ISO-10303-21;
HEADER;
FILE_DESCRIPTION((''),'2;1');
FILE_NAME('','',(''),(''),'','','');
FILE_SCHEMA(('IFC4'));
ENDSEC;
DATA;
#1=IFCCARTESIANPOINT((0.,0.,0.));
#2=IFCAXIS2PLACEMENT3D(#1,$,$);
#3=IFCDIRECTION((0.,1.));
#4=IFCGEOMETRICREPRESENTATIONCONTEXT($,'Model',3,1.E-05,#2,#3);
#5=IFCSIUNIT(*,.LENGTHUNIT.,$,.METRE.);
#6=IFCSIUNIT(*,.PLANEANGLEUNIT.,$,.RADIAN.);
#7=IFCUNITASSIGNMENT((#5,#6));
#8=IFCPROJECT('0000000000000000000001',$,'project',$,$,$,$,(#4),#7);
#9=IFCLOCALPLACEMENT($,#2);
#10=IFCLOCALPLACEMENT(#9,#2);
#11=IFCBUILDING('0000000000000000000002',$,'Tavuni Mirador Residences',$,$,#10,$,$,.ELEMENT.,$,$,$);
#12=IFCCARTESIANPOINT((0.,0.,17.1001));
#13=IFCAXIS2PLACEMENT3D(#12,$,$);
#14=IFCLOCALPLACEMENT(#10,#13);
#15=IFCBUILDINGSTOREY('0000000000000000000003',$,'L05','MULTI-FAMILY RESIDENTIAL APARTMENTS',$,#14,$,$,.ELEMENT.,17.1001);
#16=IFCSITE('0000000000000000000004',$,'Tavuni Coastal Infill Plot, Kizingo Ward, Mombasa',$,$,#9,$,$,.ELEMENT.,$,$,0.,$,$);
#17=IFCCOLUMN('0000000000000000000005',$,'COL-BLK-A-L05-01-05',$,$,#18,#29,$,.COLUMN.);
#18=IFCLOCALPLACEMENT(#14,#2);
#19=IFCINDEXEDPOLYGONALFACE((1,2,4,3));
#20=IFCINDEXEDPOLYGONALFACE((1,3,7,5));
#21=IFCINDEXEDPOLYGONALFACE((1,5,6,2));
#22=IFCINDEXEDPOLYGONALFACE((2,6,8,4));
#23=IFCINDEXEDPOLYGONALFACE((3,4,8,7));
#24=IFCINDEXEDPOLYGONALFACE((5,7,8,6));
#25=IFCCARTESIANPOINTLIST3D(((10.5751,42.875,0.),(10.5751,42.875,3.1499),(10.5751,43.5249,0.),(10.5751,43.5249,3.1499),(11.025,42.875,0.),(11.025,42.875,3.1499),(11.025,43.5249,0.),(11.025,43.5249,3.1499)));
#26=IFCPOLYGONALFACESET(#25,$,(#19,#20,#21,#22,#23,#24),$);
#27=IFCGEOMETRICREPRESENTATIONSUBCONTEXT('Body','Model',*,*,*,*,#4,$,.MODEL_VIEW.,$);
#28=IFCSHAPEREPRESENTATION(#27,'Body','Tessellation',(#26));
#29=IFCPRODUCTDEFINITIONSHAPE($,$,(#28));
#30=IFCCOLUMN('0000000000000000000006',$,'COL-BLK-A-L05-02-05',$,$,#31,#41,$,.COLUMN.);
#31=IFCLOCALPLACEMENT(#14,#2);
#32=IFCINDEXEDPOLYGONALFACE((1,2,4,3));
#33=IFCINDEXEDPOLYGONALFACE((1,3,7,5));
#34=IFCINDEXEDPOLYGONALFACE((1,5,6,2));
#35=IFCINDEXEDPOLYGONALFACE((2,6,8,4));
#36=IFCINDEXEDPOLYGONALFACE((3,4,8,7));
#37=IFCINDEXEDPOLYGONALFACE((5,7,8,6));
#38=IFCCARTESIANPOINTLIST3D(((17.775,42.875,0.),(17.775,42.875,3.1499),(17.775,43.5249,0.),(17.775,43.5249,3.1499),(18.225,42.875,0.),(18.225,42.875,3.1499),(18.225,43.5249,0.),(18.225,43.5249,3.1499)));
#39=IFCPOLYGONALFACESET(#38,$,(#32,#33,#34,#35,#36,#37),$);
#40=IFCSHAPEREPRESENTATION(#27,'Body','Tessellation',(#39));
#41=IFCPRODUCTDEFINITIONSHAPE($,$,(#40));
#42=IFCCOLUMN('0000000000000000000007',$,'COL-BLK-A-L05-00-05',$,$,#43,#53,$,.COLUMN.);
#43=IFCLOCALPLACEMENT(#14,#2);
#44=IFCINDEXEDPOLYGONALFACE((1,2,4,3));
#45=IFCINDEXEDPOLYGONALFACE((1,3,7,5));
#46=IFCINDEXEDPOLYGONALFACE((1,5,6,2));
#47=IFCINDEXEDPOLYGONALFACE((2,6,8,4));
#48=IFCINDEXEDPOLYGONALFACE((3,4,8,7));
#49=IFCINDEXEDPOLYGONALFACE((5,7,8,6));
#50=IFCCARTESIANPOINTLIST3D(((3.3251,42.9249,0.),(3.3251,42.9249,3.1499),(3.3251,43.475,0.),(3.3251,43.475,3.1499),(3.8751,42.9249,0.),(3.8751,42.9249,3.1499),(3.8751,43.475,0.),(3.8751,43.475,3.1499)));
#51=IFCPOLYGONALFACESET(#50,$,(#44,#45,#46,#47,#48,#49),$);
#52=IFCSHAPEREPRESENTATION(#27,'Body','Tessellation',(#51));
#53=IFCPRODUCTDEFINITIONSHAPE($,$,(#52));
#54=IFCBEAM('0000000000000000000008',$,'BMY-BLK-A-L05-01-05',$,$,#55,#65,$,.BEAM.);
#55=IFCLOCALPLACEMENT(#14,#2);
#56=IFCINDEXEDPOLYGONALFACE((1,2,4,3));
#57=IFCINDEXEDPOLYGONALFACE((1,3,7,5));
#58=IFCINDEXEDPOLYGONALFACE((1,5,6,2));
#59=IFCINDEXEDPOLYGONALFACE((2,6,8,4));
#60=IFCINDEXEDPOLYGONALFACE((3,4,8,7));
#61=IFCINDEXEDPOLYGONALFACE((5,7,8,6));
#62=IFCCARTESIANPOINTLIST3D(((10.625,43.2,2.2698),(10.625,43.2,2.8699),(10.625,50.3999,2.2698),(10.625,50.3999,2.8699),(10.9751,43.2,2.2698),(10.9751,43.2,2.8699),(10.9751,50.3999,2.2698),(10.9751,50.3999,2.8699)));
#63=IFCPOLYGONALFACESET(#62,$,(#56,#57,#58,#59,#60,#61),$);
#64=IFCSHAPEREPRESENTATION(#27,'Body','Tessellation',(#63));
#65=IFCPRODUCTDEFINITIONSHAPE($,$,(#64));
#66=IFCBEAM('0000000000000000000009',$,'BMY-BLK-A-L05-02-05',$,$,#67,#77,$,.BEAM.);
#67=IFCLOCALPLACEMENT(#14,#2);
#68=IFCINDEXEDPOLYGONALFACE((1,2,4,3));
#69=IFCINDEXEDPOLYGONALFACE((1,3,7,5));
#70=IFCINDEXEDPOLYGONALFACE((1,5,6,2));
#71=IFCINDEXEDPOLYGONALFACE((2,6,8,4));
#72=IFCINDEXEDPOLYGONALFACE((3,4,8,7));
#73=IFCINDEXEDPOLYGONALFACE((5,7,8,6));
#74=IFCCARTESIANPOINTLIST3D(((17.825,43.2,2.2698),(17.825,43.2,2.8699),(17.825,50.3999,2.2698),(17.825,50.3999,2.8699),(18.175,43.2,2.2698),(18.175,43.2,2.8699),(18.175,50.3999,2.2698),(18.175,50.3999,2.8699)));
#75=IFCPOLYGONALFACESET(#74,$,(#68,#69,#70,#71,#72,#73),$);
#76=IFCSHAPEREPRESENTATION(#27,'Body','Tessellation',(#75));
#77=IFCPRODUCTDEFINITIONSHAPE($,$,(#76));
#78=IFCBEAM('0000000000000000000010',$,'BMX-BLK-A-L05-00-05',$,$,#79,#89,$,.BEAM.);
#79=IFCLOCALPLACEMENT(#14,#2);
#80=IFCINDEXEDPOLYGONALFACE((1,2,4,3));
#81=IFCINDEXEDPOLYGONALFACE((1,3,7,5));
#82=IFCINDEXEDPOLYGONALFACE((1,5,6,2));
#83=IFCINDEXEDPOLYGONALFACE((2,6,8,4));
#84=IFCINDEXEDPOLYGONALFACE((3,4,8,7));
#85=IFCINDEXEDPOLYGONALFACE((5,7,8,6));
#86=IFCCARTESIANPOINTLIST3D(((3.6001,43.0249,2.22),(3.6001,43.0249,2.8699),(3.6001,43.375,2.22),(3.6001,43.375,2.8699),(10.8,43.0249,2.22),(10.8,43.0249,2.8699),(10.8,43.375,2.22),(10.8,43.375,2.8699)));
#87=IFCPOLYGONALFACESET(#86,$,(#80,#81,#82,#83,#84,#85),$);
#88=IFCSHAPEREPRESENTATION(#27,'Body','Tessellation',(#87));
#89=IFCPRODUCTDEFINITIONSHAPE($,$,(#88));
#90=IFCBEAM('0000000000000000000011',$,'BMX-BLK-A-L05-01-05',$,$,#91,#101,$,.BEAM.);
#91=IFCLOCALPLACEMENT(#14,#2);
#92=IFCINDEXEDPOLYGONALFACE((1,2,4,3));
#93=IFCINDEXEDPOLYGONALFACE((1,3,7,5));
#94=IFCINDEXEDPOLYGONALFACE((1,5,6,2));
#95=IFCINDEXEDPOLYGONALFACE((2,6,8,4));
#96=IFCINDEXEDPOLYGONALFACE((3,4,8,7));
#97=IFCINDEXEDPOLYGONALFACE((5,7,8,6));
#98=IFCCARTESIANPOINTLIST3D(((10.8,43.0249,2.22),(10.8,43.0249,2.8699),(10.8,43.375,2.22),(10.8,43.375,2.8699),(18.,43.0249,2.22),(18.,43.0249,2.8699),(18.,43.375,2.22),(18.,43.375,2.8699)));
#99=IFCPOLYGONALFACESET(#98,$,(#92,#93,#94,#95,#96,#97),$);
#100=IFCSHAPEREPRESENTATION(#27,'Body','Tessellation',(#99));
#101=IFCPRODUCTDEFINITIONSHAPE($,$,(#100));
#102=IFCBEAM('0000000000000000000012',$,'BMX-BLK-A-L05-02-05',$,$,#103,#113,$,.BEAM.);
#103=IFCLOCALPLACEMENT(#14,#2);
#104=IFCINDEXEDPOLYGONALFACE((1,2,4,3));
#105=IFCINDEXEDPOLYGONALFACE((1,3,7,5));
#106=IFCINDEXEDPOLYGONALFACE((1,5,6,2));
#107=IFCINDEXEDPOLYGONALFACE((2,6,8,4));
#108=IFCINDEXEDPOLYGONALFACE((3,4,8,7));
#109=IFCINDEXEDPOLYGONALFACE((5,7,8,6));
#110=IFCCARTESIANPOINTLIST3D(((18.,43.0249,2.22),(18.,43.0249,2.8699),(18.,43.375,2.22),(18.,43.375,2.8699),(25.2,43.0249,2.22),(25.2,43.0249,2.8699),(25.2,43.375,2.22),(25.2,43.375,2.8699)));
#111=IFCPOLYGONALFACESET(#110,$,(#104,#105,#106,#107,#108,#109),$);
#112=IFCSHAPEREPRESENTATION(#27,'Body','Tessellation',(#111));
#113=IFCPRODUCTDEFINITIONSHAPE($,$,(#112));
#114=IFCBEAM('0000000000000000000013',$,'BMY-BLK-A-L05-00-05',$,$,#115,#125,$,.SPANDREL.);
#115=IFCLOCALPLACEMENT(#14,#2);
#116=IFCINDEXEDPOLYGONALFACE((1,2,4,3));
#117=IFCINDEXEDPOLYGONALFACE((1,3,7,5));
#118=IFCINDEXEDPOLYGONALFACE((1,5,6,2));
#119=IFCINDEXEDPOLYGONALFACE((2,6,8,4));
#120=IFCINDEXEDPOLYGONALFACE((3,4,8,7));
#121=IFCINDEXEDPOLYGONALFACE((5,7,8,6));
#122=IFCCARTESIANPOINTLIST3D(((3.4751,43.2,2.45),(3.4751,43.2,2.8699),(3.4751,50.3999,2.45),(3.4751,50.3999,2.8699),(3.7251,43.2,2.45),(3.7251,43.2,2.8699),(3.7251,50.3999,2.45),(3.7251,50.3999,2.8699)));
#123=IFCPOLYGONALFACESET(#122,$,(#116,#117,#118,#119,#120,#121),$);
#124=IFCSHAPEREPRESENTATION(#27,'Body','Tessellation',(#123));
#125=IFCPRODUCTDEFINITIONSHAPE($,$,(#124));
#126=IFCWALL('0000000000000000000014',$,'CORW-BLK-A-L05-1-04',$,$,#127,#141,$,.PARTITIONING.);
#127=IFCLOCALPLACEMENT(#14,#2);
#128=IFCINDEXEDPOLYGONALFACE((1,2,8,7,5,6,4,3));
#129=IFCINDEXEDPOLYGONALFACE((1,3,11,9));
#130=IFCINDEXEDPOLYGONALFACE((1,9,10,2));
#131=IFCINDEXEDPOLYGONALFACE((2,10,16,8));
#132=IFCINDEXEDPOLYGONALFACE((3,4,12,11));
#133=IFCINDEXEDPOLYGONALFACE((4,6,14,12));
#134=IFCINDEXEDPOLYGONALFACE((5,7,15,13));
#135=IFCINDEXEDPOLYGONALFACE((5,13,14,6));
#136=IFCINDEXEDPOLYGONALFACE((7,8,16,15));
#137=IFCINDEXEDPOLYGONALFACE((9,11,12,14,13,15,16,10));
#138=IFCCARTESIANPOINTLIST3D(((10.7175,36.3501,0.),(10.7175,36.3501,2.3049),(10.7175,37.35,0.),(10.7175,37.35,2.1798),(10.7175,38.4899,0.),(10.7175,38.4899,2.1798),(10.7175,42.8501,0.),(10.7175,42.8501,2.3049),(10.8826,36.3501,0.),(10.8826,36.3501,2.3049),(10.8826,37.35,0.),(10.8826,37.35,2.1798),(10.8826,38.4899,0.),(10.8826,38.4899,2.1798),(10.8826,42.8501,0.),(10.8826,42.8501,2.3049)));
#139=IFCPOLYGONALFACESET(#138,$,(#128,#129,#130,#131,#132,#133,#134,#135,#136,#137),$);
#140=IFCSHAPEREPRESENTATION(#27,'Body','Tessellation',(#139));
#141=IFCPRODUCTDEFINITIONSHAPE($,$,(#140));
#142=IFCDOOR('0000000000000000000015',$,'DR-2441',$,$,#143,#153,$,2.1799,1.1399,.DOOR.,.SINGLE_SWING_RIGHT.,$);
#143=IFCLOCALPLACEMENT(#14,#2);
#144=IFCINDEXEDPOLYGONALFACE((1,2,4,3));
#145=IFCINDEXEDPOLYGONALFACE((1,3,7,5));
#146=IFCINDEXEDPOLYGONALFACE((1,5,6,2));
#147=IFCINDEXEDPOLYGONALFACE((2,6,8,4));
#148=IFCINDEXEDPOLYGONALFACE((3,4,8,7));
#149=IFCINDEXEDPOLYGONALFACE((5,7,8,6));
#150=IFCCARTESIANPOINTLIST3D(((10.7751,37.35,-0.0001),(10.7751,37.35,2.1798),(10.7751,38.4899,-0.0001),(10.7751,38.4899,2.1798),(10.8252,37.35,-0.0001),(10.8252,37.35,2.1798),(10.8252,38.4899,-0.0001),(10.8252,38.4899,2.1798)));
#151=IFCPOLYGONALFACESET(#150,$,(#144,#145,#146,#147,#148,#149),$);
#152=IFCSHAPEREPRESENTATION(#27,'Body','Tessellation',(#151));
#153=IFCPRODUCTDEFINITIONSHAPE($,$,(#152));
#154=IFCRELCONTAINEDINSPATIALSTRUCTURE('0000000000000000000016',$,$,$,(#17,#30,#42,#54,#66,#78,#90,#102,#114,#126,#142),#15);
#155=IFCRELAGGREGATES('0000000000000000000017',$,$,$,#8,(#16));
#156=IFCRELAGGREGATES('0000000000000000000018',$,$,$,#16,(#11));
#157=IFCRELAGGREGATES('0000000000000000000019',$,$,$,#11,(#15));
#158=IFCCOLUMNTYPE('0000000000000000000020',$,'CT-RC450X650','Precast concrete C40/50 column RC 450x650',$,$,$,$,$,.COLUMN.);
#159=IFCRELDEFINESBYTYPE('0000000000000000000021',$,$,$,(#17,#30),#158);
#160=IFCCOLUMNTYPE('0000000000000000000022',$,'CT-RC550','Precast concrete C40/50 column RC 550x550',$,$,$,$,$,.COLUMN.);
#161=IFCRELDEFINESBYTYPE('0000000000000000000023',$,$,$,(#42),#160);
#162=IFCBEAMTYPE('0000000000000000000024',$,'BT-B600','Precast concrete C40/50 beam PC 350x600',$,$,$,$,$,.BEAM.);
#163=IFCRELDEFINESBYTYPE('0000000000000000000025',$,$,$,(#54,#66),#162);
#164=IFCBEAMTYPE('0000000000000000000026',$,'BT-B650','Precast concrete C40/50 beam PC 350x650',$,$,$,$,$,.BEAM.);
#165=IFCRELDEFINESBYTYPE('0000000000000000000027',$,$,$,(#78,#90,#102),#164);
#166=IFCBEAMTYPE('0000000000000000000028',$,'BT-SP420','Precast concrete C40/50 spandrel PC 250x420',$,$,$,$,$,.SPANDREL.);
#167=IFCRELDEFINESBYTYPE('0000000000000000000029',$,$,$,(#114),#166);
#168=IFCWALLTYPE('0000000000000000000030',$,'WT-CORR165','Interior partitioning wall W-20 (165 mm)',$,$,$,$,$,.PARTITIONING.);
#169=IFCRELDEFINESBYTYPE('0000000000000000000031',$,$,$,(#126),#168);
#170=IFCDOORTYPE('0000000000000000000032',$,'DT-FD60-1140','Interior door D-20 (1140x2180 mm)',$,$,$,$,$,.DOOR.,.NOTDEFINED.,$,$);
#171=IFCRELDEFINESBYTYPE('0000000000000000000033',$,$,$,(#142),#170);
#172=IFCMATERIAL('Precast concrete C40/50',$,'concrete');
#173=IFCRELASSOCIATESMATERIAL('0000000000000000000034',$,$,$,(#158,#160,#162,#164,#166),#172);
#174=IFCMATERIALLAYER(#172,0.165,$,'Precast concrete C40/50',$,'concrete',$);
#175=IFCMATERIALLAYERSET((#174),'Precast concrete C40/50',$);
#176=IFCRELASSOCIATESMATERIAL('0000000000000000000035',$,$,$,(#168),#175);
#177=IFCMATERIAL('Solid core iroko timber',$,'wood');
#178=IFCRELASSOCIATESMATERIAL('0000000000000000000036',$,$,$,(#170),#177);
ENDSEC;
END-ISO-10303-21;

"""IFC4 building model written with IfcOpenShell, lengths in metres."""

from ifc_helpers import new_model, si_unit, direction, frame, frame_2d, origin, origin_2d, place, context, subcontext, project, spatial, rectangle, extrude, material, layer, layer_set, material_profile, profile_set, type_object, element, fill, save


model = new_model("IFC4")

# Units and contexts
model_context = context("Model", 3, precision=1e-05, world=origin(), true_north=direction((0.0, 1.0)))
body_context = subcontext(model_context, "Body", "Model", "MODEL_VIEW")
ifc_project = project(units=[si_unit("LENGTHUNIT", "METRE"), si_unit("PLANEANGLEUNIT", "RADIAN")], contexts=[model_context])

# Site, building, storey
site_placement = place(None, origin())
site = spatial("IfcSite", under=ifc_project, at=site_placement, Name="Tavuni Coastal Infill Plot, Kizingo Ward, Mombasa", CompositionType="ELEMENT", RefElevation=0.0)
building_placement = place(site_placement, origin())
building = spatial("IfcBuilding", under=site, at=building_placement, Name="Tavuni Mirador Residences", CompositionType="ELEMENT")
storey_placement = place(building_placement, frame((0.0, 0.0, 17.1001)))
storey = spatial("IfcBuildingStorey", under=building, at=storey_placement, Name="L05", Description="MULTI-FAMILY RESIDENTIAL APARTMENTS", CompositionType="ELEMENT", Elevation=17.1001)

# Columns
ifc_material_1 = material(Name="Precast concrete C40/50", Category="concrete")
ifc_material_profile_1 = material_profile(ifc_material_1, rectangle(XDim=0.45, YDim=0.6499, at=origin_2d()), Name="RC 450x650", Category="concrete")
ifc_profile_set_1 = profile_set([ifc_material_profile_1], Name="Precast concrete C40/50")
column_type_1 = type_object("IfcColumnType", Name="CT-RC450X650", Description="Precast concrete C40/50 column RC 450x650", PredefinedType="COLUMN", material=ifc_profile_set_1)
for number, where, z_axis, x_axis, name in (
    (1, (10.8, 43.2, 0.0), (0.0, 0.0, 1.0), (1.0, 0.0, 0.0), "COL-BLK-A-L05-01-05"),
    (2, (18.0, 43.2, 0.0), (0.0, 0.0, 1.0), (1.0, 0.0, 0.0), "COL-BLK-A-L05-02-05"),
):
    element("IfcColumn", number, at=place(storey_placement, frame(where, z_axis=z_axis, x_axis=x_axis)), inside=storey, type_object=column_type_1, Name=name, PredefinedType="COLUMN", context=body_context, shape_type="SweptSolid", body=[
        extrude(rectangle(XDim=0.45, YDim=0.6499, at=origin_2d()), origin(), (0.0, 0.0, 1.0), 3.1499),
    ])
ifc_material_profile_2 = material_profile(ifc_material_1, rectangle(XDim=0.55, YDim=0.55, at=origin_2d()), Name="RC 550x550", Category="concrete")
ifc_profile_set_2 = profile_set([ifc_material_profile_2], Name="Precast concrete C40/50")
column_type_2 = type_object("IfcColumnType", Name="CT-RC550", Description="Precast concrete C40/50 column RC 550x550", PredefinedType="COLUMN", material=ifc_profile_set_2)
column_placement = place(storey_placement, frame((3.6001, 43.2, 0.0), z_axis=(0.0, 0.0, 1.0), x_axis=(1.0, 0.0, 0.0)))
element("IfcColumn", 3, at=column_placement, inside=storey, type_object=column_type_2, Name="COL-BLK-A-L05-00-05", PredefinedType="COLUMN", context=body_context, shape_type="SweptSolid", body=[
    extrude(rectangle(XDim=0.55, YDim=0.55, at=origin_2d()), origin(), (0.0, 0.0, 1.0), 3.1499),
])

# Beams
ifc_material_profile_3 = material_profile(ifc_material_1, rectangle(XDim=0.3501, YDim=0.6001, at=origin_2d()), Name="PC 350x600", Category="concrete")
ifc_profile_set_3 = profile_set([ifc_material_profile_3], Name="Precast concrete C40/50")
beam_type_1 = type_object("IfcBeamType", Name="BT-B600", Description="Precast concrete C40/50 beam PC 350x600", PredefinedType="BEAM", material=ifc_profile_set_3)
for number, where, z_axis, x_axis, name in (
    (4, (10.8, 43.2, 2.5698), (0.0, 1.0, 0.0), (-1.0, 0.0, 0.0), "BMY-BLK-A-L05-01-05"),
    (5, (18.0, 43.2, 2.5698), (0.0, 1.0, 0.0), (-1.0, 0.0, 0.0), "BMY-BLK-A-L05-02-05"),
):
    element("IfcBeam", number, at=place(storey_placement, frame(where, z_axis=z_axis, x_axis=x_axis)), inside=storey, type_object=beam_type_1, Name=name, PredefinedType="BEAM", context=body_context, shape_type="SweptSolid", body=[
        extrude(rectangle(XDim=0.3501, YDim=0.6001, at=origin_2d()), origin(), (0.0, 0.0, 1.0), 7.2),
    ])
ifc_material_profile_4 = material_profile(ifc_material_1, rectangle(XDim=0.3501, YDim=0.6499, at=origin_2d()), Name="PC 350x650", Category="concrete")
ifc_profile_set_4 = profile_set([ifc_material_profile_4], Name="Precast concrete C40/50")
beam_type_2 = type_object("IfcBeamType", Name="BT-B650", Description="Precast concrete C40/50 beam PC 350x650", PredefinedType="BEAM", material=ifc_profile_set_4)
for number, where, z_axis, x_axis, name in (
    (6, (3.6001, 43.2, 2.5449), (1.0, 0.0, 0.0), (0.0, 1.0, 0.0), "BMX-BLK-A-L05-00-05"),
    (7, (10.8, 43.2, 2.5449), (1.0, 0.0, 0.0), (0.0, 1.0, 0.0), "BMX-BLK-A-L05-01-05"),
    (8, (18.0, 43.2, 2.5449), (1.0, 0.0, 0.0), (0.0, 1.0, 0.0), "BMX-BLK-A-L05-02-05"),
):
    element("IfcBeam", number, at=place(storey_placement, frame(where, z_axis=z_axis, x_axis=x_axis)), inside=storey, type_object=beam_type_2, Name=name, PredefinedType="BEAM", context=body_context, shape_type="SweptSolid", body=[
        extrude(rectangle(XDim=0.3501, YDim=0.6499, at=origin_2d()), origin(), (0.0, 0.0, 1.0), 7.2),
    ])
ifc_material_profile_5 = material_profile(ifc_material_1, rectangle(XDim=0.25, YDim=0.4199, at=origin_2d()), Name="PC 250x420", Category="concrete")
ifc_profile_set_5 = profile_set([ifc_material_profile_5], Name="Precast concrete C40/50")
beam_type_3 = type_object("IfcBeamType", Name="BT-SP420", Description="Precast concrete C40/50 spandrel PC 250x420", PredefinedType="SPANDREL", material=ifc_profile_set_5)
beam_placement = place(storey_placement, frame((3.6001, 43.2, 2.6599), z_axis=(0.0, 1.0, 0.0), x_axis=(-1.0, 0.0, 0.0)))
element("IfcBeam", 9, at=beam_placement, inside=storey, type_object=beam_type_3, Name="BMY-BLK-A-L05-00-05", PredefinedType="SPANDREL", context=body_context, shape_type="SweptSolid", body=[
    extrude(rectangle(XDim=0.25, YDim=0.4199, at=origin_2d()), origin(), (0.0, 0.0, 1.0), 7.2),
])

# Wall, opening, door
ifc_layer_1 = layer(ifc_material_1, 0.165, Name="Precast concrete C40/50", Category="concrete")
ifc_layer_set_1 = layer_set([ifc_layer_1], Name="Precast concrete C40/50")
wall_type_1 = type_object("IfcWallType", Name="WT-CORR165", Description="Interior partitioning wall W-20 (165 mm)", PredefinedType="PARTITIONING", material=ifc_layer_set_1)
wall_1_placement = place(storey_placement, frame((10.8, 36.3501, 0.0), z_axis=(0.0, 0.0, 1.0), x_axis=(0.0, 1.0, 0.0)))
wall_1 = element("IfcWall", 10, at=wall_1_placement, inside=storey, type_object=wall_type_1, Name="CORW-BLK-A-L05-1-04", PredefinedType="PARTITIONING", context=body_context, shape_type="SweptSolid", body=[
    extrude(rectangle(XDim=6.5, YDim=0.165, at=frame_2d((3.25, 0.0))), origin(), (0.0, 0.0, 1.0), 2.3049),
])
opening_1_placement = place(wall_1_placement, frame((1.0, 0.0, 0.0)))
opening_1 = element("IfcOpeningElement", 11, at=opening_1_placement, cuts=wall_1, PredefinedType="OPENING", context=body_context, shape_type="SweptSolid", body=[
    extrude(rectangle(XDim=1.1399, YDim=2.1799, at=frame_2d((0.5698, 1.0898))), frame((0.0, 0.0925, 0.0), z_axis=(0.0, -1.0, 0.0), x_axis=(1.0, 0.0, 0.0)), (0.0, 0.0, 1.0), 0.1851),
])
ifc_material_2 = material(Name="Solid core iroko timber", Category="wood")
door_type_1 = type_object("IfcDoorType", Name="DT-FD60-1140", Description="Interior door D-20 (1140x2180 mm)", OperationType="NOTDEFINED", PredefinedType="DOOR", material=ifc_material_2)
door_1_placement = place(opening_1_placement, origin())
door_1 = element("IfcDoor", 12, at=door_1_placement, inside=storey, type_object=door_type_1, Name="DR-2441", OperationType="SINGLE_SWING_RIGHT", OverallHeight=2.1799, OverallWidth=1.1399, PredefinedType="DOOR", context=body_context, shape_type="SweptSolid", body=[
    extrude(rectangle(XDim=1.1399, YDim=2.1799, at=frame_2d((0.5698, 1.0898))), frame((0.0, 0.0249, 0.0), z_axis=(0.0, -1.0, 0.0), x_axis=(1.0, 0.0, 0.0)), (0.0, 0.0, 1.0), 0.05),
])
fill(opening_1, door_1)

save(model, "model.ifc")
